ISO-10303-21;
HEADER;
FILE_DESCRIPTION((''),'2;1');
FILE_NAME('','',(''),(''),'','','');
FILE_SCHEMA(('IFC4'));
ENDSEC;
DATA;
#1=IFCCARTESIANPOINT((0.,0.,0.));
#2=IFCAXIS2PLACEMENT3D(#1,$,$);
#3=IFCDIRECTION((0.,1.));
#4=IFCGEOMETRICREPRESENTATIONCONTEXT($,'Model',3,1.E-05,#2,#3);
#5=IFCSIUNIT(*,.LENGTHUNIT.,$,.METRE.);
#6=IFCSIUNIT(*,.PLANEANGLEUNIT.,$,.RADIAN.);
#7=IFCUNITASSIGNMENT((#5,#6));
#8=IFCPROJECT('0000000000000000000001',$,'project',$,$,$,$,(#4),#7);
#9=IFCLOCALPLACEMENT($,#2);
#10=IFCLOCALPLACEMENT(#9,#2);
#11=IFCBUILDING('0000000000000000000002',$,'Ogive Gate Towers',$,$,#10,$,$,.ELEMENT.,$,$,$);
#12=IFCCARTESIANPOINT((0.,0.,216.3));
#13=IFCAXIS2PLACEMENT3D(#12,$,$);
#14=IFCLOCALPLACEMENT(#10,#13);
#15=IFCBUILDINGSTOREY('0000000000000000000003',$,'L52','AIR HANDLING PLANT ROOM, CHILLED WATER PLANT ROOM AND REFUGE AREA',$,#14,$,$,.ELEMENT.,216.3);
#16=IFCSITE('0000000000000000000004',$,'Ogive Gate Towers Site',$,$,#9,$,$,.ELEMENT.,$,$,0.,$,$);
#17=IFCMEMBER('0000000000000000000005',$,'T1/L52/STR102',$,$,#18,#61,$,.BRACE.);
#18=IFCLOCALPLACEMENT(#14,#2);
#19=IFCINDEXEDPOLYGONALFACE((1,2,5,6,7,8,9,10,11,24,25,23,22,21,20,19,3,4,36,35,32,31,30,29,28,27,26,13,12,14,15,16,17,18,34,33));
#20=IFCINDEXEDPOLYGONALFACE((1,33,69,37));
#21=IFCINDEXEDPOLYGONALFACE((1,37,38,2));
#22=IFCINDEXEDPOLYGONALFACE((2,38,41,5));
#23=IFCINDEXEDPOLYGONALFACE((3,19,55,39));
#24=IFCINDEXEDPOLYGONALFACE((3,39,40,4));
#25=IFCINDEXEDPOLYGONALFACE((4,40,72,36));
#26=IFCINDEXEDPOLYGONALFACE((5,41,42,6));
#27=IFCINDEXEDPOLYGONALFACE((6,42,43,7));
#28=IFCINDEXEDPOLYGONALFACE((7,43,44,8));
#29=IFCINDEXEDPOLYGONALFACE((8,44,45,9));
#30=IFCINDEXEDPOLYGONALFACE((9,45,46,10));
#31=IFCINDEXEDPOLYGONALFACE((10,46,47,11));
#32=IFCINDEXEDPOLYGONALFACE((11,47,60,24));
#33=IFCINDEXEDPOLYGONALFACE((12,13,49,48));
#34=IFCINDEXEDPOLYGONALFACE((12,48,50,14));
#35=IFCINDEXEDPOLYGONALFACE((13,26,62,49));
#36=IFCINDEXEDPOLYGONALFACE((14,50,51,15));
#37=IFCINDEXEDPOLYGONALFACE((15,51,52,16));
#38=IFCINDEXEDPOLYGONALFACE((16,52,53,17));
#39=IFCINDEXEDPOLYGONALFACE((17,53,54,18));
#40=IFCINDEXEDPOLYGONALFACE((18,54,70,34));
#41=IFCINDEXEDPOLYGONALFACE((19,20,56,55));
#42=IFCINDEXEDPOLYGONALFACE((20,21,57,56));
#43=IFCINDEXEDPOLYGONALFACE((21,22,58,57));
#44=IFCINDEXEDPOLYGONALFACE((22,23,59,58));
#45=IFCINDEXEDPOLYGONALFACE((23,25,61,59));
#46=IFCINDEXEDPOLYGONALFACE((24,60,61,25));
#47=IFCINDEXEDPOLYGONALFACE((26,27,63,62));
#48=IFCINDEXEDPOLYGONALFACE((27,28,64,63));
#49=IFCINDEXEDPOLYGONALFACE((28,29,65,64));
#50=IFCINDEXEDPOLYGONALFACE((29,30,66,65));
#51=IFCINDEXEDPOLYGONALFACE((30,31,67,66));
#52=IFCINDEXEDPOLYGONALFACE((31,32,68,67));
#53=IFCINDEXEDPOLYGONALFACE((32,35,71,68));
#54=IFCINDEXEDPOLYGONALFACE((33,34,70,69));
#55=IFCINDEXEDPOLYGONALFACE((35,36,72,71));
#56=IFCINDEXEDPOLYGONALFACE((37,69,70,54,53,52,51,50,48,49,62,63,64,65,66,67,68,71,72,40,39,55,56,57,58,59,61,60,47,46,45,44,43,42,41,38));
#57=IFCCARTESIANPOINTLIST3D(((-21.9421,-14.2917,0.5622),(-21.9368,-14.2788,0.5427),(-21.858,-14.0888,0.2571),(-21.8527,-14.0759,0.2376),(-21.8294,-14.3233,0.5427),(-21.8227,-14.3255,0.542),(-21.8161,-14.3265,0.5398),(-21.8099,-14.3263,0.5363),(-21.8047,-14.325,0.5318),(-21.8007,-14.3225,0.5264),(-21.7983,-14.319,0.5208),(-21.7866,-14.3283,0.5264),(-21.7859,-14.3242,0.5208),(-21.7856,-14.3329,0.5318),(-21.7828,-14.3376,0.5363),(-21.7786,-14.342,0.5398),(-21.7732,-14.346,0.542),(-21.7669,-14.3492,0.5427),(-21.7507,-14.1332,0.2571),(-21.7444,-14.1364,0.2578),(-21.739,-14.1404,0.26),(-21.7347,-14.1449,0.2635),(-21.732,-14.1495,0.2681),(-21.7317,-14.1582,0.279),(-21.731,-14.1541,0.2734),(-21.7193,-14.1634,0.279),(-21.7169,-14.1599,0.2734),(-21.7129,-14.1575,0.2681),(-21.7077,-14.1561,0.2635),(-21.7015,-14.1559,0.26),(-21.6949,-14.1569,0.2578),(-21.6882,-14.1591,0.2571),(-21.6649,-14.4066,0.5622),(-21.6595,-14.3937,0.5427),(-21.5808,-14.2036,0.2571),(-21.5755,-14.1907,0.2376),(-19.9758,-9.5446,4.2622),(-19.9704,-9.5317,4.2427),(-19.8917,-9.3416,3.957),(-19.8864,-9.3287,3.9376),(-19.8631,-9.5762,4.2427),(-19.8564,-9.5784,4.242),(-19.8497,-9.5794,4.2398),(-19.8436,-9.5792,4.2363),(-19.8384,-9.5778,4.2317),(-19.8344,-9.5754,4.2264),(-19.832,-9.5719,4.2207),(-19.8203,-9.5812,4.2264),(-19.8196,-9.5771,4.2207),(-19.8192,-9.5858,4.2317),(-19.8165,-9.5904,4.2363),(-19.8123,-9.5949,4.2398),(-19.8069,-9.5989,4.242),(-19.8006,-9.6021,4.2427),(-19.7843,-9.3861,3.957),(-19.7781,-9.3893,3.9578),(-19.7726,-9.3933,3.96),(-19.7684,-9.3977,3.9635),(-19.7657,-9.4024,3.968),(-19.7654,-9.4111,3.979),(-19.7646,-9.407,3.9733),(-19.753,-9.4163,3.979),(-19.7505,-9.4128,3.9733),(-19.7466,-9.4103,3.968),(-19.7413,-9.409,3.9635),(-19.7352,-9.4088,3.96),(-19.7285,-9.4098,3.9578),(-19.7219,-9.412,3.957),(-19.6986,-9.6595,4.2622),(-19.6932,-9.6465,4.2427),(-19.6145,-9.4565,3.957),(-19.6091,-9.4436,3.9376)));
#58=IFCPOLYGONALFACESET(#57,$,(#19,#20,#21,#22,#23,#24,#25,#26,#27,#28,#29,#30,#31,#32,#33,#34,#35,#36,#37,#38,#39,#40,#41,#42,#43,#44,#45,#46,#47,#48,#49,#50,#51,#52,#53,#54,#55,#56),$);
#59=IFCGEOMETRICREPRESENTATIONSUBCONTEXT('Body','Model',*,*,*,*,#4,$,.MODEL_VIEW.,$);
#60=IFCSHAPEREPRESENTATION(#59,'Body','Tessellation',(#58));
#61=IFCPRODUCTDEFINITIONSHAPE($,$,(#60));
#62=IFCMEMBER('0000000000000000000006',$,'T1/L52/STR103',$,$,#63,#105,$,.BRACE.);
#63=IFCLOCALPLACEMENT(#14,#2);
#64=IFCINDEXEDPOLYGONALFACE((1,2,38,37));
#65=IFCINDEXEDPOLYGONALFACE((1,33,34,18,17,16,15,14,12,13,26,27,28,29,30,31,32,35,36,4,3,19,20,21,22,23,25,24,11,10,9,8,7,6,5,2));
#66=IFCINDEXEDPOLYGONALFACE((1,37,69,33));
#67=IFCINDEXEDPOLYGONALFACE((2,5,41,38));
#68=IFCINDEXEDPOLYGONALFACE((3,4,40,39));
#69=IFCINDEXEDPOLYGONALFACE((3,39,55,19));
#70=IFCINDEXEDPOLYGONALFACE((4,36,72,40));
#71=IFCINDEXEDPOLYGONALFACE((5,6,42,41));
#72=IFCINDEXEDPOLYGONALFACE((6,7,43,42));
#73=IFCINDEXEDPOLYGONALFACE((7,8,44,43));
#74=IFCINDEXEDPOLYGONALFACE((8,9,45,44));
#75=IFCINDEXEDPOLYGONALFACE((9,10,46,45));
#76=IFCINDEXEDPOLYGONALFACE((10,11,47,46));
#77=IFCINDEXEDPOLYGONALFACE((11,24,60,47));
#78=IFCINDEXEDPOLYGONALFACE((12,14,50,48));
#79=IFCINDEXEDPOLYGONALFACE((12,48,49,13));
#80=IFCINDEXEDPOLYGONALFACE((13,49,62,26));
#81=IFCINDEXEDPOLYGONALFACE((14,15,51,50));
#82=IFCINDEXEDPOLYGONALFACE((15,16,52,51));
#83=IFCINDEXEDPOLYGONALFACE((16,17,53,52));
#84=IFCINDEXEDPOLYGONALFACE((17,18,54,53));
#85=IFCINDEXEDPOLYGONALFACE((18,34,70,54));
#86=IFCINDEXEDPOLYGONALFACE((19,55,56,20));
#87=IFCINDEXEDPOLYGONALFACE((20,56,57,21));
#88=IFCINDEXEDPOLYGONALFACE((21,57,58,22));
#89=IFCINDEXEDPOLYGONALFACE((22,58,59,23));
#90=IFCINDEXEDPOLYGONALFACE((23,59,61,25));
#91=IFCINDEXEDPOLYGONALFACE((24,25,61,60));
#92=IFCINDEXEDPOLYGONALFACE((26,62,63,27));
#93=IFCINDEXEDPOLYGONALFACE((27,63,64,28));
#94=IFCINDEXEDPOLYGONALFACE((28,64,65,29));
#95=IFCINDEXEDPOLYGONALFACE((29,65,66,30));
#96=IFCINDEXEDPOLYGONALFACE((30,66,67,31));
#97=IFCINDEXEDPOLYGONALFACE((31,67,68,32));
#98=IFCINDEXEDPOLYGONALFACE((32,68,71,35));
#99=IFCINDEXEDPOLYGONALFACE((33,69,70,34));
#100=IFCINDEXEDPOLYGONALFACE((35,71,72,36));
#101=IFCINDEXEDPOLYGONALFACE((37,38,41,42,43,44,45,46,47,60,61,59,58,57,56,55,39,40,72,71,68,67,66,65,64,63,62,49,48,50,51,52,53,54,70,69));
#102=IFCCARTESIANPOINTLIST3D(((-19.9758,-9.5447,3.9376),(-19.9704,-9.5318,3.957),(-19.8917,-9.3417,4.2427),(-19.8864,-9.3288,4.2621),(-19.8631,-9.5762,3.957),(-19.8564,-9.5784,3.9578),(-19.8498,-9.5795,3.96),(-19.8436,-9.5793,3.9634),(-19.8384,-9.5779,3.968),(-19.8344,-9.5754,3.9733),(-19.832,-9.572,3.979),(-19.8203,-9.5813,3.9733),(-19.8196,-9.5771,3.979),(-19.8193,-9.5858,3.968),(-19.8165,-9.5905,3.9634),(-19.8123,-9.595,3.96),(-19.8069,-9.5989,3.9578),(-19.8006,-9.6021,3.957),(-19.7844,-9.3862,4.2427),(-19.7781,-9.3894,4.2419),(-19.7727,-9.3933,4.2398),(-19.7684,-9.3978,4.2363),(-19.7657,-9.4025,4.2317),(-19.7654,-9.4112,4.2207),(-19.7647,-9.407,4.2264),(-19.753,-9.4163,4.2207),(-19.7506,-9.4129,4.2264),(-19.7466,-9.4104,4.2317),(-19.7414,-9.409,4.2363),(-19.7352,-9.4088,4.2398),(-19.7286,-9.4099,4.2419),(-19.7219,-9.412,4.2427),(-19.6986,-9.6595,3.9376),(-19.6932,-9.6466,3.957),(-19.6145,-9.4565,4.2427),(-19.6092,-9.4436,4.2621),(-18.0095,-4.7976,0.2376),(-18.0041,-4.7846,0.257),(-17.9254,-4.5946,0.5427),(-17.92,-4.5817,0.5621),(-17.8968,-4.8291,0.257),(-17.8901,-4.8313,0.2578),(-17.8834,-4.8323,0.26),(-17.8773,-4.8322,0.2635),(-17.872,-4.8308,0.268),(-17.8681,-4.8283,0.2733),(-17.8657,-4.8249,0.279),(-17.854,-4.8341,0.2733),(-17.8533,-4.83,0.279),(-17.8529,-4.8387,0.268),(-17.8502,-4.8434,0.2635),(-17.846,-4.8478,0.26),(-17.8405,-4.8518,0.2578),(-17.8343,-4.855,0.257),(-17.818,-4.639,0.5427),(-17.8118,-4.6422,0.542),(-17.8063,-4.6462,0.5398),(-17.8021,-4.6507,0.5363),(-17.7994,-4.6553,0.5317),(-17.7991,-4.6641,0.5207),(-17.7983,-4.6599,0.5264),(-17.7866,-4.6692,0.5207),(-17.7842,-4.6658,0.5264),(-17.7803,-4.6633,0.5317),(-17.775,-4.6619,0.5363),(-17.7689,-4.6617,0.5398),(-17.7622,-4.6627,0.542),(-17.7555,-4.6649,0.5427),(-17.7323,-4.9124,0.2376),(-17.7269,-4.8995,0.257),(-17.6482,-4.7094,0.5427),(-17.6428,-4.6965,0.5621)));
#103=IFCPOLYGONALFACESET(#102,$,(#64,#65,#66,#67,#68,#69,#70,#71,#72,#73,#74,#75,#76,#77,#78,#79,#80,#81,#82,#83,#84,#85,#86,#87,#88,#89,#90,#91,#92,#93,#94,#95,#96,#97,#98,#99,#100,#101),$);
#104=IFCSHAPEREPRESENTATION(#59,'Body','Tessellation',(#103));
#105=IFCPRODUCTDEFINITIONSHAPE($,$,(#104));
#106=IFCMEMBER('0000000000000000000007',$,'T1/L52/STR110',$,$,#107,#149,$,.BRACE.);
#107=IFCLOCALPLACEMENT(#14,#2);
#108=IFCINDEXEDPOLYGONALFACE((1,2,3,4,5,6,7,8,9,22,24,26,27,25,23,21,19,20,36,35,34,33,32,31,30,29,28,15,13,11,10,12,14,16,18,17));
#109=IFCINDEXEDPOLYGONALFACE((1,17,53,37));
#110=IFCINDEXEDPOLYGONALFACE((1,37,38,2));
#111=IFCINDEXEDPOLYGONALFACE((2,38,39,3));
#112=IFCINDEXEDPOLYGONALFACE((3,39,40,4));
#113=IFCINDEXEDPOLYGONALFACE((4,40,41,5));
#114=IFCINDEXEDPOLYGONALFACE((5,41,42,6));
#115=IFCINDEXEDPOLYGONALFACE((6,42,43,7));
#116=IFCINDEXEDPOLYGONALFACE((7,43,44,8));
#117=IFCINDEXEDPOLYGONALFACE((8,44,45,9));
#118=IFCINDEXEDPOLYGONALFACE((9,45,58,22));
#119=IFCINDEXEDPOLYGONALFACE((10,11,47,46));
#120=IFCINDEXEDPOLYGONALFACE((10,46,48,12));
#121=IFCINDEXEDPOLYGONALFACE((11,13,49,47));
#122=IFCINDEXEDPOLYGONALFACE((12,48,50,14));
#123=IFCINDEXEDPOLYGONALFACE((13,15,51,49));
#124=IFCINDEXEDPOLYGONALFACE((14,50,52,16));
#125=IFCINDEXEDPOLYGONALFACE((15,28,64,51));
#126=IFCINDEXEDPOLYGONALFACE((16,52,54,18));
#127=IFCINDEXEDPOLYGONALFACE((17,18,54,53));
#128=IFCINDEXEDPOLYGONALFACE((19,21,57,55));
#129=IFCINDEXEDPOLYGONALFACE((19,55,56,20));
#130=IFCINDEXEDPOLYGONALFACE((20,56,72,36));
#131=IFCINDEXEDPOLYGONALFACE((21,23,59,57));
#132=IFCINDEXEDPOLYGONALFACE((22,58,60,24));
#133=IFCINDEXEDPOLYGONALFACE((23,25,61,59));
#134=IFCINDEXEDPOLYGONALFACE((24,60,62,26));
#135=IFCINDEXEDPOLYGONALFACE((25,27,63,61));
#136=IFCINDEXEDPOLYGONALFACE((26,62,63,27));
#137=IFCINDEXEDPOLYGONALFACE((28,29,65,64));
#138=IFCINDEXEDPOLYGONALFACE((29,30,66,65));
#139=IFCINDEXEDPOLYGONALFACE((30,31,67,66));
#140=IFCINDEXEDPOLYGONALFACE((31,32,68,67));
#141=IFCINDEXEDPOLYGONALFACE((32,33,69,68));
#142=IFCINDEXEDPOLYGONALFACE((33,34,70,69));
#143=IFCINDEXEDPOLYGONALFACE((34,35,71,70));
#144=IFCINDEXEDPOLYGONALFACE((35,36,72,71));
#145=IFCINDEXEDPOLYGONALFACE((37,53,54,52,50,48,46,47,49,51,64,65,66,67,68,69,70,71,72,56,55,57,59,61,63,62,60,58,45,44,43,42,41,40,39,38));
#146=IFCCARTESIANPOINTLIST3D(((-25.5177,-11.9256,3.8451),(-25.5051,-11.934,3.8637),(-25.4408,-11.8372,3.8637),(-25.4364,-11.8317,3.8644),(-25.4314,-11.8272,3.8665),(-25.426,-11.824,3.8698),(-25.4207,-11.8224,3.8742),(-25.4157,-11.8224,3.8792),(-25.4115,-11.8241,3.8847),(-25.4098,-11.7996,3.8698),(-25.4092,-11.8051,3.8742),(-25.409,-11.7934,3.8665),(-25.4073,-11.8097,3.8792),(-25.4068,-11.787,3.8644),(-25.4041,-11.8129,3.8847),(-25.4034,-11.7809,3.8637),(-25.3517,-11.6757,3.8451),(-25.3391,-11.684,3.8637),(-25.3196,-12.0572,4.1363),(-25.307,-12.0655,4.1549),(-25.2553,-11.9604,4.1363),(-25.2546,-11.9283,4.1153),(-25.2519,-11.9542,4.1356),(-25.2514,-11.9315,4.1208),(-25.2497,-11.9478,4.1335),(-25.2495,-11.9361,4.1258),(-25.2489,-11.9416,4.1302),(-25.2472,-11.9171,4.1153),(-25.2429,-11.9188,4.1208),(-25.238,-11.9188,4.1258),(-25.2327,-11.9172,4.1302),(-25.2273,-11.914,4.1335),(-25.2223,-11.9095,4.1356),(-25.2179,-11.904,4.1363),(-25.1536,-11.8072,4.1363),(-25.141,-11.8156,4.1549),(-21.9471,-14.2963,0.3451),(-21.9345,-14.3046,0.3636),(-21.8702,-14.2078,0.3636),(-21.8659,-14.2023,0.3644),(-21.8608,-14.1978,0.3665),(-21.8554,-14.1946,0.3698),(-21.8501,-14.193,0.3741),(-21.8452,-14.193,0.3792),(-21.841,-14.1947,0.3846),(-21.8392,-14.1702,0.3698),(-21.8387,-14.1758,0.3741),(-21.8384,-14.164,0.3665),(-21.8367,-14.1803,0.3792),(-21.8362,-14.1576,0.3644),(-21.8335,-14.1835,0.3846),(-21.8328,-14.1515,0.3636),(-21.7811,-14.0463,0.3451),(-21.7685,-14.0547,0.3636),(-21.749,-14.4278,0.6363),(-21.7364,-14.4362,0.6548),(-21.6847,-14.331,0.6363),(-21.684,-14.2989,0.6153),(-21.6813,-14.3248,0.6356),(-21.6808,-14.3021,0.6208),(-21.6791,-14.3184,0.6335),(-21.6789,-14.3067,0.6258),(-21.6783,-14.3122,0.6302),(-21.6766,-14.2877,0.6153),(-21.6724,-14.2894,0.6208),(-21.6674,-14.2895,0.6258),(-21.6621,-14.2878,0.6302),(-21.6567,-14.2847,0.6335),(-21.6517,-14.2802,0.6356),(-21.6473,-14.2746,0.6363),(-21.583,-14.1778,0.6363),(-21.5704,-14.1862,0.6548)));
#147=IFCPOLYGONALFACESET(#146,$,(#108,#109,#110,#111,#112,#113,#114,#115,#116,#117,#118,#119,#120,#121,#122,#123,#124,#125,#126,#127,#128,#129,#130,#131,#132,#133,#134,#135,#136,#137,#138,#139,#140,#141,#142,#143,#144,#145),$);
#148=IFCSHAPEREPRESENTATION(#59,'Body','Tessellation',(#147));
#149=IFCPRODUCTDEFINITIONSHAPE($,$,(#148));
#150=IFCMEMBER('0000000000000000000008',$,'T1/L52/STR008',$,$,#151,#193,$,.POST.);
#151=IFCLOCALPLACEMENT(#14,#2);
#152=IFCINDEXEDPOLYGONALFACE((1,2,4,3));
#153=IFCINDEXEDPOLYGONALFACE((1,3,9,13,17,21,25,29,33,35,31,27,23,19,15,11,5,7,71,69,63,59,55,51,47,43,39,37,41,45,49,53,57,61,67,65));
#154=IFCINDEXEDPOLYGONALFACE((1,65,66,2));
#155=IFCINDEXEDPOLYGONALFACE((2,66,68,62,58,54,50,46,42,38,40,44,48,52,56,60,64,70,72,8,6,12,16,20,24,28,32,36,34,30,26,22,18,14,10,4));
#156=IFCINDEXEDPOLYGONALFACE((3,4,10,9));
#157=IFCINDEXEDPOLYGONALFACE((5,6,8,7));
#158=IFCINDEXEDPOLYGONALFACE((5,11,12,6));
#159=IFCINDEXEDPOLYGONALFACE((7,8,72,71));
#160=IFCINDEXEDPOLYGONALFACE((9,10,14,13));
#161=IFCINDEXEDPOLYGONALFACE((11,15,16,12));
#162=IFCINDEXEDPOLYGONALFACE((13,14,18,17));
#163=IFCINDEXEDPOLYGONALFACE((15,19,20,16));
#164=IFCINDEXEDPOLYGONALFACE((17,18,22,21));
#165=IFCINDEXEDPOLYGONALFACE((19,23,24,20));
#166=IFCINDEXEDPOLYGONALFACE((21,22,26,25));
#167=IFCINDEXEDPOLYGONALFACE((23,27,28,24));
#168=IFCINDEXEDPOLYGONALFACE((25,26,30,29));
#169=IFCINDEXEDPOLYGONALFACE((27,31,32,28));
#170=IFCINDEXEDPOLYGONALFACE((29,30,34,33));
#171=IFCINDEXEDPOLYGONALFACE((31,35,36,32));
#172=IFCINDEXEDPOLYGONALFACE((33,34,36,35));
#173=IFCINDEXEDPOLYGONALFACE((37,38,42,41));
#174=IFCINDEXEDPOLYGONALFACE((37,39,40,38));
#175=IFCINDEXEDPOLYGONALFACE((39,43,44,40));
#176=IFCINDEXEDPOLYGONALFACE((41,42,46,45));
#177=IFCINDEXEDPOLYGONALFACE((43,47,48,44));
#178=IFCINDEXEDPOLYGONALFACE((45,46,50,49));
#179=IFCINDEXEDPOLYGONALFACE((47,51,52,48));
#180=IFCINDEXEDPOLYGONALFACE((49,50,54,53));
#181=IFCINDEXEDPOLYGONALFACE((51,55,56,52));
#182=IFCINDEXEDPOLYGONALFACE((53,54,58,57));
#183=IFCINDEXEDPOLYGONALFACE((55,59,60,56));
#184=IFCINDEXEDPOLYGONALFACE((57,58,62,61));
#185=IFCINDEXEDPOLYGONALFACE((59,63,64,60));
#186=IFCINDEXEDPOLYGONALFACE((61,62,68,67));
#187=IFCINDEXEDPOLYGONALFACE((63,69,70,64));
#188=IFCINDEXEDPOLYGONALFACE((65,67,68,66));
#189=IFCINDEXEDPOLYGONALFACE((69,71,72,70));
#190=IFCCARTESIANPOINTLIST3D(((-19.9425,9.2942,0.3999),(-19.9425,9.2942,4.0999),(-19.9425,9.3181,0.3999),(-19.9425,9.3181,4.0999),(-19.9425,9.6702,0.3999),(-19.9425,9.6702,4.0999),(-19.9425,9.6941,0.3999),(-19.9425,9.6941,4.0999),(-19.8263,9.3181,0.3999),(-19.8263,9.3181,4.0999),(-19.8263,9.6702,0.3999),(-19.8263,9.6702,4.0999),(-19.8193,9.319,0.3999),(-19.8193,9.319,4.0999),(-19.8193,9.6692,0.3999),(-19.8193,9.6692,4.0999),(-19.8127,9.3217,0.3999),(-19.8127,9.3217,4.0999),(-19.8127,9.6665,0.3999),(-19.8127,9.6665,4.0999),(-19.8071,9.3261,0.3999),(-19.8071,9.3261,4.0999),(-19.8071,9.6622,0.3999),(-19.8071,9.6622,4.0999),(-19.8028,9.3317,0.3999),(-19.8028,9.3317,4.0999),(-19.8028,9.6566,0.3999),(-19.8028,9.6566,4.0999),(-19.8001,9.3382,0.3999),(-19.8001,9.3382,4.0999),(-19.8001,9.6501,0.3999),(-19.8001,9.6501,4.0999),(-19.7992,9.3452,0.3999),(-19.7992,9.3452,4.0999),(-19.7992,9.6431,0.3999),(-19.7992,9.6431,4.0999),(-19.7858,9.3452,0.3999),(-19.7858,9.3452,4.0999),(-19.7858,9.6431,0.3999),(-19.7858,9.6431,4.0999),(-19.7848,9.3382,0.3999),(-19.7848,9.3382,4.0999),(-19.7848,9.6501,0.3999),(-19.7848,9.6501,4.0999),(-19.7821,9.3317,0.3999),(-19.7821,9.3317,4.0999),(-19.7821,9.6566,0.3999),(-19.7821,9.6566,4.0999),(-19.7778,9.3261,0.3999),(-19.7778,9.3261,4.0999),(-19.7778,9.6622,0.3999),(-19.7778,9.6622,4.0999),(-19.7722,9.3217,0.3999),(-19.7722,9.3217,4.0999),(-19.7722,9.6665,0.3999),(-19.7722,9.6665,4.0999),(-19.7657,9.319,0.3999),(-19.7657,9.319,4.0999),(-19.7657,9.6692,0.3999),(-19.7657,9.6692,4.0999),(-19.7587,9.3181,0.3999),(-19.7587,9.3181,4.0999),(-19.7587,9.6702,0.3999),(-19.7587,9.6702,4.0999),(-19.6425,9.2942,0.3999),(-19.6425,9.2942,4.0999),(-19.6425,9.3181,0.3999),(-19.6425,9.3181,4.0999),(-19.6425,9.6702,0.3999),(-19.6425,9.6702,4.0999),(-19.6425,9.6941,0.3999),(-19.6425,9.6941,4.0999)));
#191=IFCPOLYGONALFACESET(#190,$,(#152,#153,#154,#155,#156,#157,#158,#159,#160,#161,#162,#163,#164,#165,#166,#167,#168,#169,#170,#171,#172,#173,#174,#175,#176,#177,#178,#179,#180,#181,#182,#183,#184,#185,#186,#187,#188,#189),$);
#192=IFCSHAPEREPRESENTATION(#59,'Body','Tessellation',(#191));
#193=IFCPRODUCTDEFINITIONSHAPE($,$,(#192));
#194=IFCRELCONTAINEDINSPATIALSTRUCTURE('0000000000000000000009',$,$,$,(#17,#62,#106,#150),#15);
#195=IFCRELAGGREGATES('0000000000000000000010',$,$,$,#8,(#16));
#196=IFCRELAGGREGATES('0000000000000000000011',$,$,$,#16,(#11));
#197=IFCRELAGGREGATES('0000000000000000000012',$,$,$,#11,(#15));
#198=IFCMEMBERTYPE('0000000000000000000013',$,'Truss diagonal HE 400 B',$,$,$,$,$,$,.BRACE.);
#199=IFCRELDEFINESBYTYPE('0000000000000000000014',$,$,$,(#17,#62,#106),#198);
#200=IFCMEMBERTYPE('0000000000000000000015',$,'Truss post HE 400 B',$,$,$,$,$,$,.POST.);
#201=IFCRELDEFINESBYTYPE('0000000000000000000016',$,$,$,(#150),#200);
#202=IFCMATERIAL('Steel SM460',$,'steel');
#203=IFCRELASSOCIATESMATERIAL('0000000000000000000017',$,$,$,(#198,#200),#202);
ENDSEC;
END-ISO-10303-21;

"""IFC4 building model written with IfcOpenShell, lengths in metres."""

from ifc_helpers import new_model, si_unit, direction, frame, origin, origin_2d, place, context, subcontext, project, spatial, i_section, extrude, material, material_profile, profile_set, type_object, element, save


model = new_model("IFC4")

# Units and contexts
model_context = context("Model", 3, precision=1e-05, world=origin(), true_north=direction((0.0, 1.0)))
body_context = subcontext(model_context, "Body", "Model", "MODEL_VIEW")
ifc_project = project(units=[si_unit("LENGTHUNIT", "METRE"), si_unit("PLANEANGLEUNIT", "RADIAN")], contexts=[model_context])

# Site, building, storey
site_placement = place(None, origin())
site = spatial("IfcSite", under=ifc_project, at=site_placement, Name="Ogive Gate Towers Site", CompositionType="ELEMENT", RefElevation=0.0)
building_placement = place(site_placement, origin())
building = spatial("IfcBuilding", under=site, at=building_placement, Name="Ogive Gate Towers", CompositionType="ELEMENT")
storey_placement = place(building_placement, frame((0.0, 0.0, 216.3)))
storey = spatial("IfcBuildingStorey", under=building, at=storey_placement, Name="L52", Description="AIR HANDLING PLANT ROOM, CHILLED WATER PLANT ROOM AND REFUGE AREA", CompositionType="ELEMENT", Elevation=216.3)

# Shared definitions
ifc_material_1 = material(Name="Steel SM460", Category="steel")

# Members
ifc_material_profile_1 = material_profile(ifc_material_1, i_section(OverallWidth=0.3, OverallDepth=0.3999, WebThickness=0.0134, FlangeThickness=0.0239, FilletRadius=0.0271, at=origin_2d()), Name="HE 400 B")
ifc_profile_set_1 = profile_set([ifc_material_profile_1], Name="Steel SM460")
member_type_1 = type_object("IfcMemberType", Name="Truss diagonal HE 400 B", PredefinedType="BRACE", material=ifc_profile_set_1)
for number, where, z_axis, x_axis, name in (
    (1, (-21.7588, -14.2412, 0.3999), (0.310549, 0.749728, 0.584352), (-0.923879, 0.382685, 0.0), "T1/L52/STR102"),
    (2, (-19.7925, -9.4941, 4.0999), (0.310549, 0.749728, -0.584352), (-0.923879, 0.382685, 0.0), "T1/L52/STR103"),
):
    element("IfcMember", number, at=place(storey_placement, frame(where, z_axis=z_axis, x_axis=x_axis)), inside=storey, type_object=member_type_1, Name=name, PredefinedType="BRACE", context=body_context, shape_type="SweptSolid", body=[
        extrude(i_section(OverallWidth=0.3, OverallDepth=0.3999, WebThickness=0.0134, FlangeThickness=0.0239, FilletRadius=0.0271, at=origin_2d()), origin(), (0.0, 0.0, 1.0), 6.3318),
    ])
member_1_placement = place(storey_placement, frame((-25.3293, -11.8706, 4.0), z_axis=(0.645272, -0.428417, -0.632521), x_axis=(0.553122, 0.8331, 0.0)))
element("IfcMember", 3, at=member_1_placement, inside=storey, type_object=member_type_1, Name="T1/L52/STR110", PredefinedType="BRACE", context=body_context, shape_type="SweptSolid", body=[
    extrude(i_section(OverallWidth=0.3, OverallDepth=0.3999, WebThickness=0.0134, FlangeThickness=0.0239, FilletRadius=0.0271, at=origin_2d()), origin(), (0.0, 0.0, 1.0), 5.5334),
])
ifc_material_profile_2 = material_profile(ifc_material_1, i_section(OverallWidth=0.3, OverallDepth=0.3999, WebThickness=0.0134, FlangeThickness=0.0239, FilletRadius=0.0271, at=origin_2d()), Name="HE 400 B")
ifc_profile_set_2 = profile_set([ifc_material_profile_2], Name="Steel SM460")
member_type_2 = type_object("IfcMemberType", Name="Truss post HE 400 B", PredefinedType="POST", material=ifc_profile_set_2)
for number, where, z_axis, x_axis, name in (
    (4, (-19.7925, 9.4941, 0.3999), (0.0, 0.0, 1.0), (1.0, 0.0, 0.0), "T1/L52/STR008"),
):
    element("IfcMember", number, at=place(storey_placement, frame(where, z_axis=z_axis, x_axis=x_axis)), inside=storey, type_object=member_type_2, Name=name, PredefinedType="POST", context=body_context, shape_type="SweptSolid", body=[
        extrude(i_section(OverallWidth=0.3, OverallDepth=0.3999, WebThickness=0.0134, FlangeThickness=0.0239, FilletRadius=0.0271, at=origin_2d()), origin(), (0.0, 0.0, 1.0), 3.7),
    ])

save(model, "model.ifc")
